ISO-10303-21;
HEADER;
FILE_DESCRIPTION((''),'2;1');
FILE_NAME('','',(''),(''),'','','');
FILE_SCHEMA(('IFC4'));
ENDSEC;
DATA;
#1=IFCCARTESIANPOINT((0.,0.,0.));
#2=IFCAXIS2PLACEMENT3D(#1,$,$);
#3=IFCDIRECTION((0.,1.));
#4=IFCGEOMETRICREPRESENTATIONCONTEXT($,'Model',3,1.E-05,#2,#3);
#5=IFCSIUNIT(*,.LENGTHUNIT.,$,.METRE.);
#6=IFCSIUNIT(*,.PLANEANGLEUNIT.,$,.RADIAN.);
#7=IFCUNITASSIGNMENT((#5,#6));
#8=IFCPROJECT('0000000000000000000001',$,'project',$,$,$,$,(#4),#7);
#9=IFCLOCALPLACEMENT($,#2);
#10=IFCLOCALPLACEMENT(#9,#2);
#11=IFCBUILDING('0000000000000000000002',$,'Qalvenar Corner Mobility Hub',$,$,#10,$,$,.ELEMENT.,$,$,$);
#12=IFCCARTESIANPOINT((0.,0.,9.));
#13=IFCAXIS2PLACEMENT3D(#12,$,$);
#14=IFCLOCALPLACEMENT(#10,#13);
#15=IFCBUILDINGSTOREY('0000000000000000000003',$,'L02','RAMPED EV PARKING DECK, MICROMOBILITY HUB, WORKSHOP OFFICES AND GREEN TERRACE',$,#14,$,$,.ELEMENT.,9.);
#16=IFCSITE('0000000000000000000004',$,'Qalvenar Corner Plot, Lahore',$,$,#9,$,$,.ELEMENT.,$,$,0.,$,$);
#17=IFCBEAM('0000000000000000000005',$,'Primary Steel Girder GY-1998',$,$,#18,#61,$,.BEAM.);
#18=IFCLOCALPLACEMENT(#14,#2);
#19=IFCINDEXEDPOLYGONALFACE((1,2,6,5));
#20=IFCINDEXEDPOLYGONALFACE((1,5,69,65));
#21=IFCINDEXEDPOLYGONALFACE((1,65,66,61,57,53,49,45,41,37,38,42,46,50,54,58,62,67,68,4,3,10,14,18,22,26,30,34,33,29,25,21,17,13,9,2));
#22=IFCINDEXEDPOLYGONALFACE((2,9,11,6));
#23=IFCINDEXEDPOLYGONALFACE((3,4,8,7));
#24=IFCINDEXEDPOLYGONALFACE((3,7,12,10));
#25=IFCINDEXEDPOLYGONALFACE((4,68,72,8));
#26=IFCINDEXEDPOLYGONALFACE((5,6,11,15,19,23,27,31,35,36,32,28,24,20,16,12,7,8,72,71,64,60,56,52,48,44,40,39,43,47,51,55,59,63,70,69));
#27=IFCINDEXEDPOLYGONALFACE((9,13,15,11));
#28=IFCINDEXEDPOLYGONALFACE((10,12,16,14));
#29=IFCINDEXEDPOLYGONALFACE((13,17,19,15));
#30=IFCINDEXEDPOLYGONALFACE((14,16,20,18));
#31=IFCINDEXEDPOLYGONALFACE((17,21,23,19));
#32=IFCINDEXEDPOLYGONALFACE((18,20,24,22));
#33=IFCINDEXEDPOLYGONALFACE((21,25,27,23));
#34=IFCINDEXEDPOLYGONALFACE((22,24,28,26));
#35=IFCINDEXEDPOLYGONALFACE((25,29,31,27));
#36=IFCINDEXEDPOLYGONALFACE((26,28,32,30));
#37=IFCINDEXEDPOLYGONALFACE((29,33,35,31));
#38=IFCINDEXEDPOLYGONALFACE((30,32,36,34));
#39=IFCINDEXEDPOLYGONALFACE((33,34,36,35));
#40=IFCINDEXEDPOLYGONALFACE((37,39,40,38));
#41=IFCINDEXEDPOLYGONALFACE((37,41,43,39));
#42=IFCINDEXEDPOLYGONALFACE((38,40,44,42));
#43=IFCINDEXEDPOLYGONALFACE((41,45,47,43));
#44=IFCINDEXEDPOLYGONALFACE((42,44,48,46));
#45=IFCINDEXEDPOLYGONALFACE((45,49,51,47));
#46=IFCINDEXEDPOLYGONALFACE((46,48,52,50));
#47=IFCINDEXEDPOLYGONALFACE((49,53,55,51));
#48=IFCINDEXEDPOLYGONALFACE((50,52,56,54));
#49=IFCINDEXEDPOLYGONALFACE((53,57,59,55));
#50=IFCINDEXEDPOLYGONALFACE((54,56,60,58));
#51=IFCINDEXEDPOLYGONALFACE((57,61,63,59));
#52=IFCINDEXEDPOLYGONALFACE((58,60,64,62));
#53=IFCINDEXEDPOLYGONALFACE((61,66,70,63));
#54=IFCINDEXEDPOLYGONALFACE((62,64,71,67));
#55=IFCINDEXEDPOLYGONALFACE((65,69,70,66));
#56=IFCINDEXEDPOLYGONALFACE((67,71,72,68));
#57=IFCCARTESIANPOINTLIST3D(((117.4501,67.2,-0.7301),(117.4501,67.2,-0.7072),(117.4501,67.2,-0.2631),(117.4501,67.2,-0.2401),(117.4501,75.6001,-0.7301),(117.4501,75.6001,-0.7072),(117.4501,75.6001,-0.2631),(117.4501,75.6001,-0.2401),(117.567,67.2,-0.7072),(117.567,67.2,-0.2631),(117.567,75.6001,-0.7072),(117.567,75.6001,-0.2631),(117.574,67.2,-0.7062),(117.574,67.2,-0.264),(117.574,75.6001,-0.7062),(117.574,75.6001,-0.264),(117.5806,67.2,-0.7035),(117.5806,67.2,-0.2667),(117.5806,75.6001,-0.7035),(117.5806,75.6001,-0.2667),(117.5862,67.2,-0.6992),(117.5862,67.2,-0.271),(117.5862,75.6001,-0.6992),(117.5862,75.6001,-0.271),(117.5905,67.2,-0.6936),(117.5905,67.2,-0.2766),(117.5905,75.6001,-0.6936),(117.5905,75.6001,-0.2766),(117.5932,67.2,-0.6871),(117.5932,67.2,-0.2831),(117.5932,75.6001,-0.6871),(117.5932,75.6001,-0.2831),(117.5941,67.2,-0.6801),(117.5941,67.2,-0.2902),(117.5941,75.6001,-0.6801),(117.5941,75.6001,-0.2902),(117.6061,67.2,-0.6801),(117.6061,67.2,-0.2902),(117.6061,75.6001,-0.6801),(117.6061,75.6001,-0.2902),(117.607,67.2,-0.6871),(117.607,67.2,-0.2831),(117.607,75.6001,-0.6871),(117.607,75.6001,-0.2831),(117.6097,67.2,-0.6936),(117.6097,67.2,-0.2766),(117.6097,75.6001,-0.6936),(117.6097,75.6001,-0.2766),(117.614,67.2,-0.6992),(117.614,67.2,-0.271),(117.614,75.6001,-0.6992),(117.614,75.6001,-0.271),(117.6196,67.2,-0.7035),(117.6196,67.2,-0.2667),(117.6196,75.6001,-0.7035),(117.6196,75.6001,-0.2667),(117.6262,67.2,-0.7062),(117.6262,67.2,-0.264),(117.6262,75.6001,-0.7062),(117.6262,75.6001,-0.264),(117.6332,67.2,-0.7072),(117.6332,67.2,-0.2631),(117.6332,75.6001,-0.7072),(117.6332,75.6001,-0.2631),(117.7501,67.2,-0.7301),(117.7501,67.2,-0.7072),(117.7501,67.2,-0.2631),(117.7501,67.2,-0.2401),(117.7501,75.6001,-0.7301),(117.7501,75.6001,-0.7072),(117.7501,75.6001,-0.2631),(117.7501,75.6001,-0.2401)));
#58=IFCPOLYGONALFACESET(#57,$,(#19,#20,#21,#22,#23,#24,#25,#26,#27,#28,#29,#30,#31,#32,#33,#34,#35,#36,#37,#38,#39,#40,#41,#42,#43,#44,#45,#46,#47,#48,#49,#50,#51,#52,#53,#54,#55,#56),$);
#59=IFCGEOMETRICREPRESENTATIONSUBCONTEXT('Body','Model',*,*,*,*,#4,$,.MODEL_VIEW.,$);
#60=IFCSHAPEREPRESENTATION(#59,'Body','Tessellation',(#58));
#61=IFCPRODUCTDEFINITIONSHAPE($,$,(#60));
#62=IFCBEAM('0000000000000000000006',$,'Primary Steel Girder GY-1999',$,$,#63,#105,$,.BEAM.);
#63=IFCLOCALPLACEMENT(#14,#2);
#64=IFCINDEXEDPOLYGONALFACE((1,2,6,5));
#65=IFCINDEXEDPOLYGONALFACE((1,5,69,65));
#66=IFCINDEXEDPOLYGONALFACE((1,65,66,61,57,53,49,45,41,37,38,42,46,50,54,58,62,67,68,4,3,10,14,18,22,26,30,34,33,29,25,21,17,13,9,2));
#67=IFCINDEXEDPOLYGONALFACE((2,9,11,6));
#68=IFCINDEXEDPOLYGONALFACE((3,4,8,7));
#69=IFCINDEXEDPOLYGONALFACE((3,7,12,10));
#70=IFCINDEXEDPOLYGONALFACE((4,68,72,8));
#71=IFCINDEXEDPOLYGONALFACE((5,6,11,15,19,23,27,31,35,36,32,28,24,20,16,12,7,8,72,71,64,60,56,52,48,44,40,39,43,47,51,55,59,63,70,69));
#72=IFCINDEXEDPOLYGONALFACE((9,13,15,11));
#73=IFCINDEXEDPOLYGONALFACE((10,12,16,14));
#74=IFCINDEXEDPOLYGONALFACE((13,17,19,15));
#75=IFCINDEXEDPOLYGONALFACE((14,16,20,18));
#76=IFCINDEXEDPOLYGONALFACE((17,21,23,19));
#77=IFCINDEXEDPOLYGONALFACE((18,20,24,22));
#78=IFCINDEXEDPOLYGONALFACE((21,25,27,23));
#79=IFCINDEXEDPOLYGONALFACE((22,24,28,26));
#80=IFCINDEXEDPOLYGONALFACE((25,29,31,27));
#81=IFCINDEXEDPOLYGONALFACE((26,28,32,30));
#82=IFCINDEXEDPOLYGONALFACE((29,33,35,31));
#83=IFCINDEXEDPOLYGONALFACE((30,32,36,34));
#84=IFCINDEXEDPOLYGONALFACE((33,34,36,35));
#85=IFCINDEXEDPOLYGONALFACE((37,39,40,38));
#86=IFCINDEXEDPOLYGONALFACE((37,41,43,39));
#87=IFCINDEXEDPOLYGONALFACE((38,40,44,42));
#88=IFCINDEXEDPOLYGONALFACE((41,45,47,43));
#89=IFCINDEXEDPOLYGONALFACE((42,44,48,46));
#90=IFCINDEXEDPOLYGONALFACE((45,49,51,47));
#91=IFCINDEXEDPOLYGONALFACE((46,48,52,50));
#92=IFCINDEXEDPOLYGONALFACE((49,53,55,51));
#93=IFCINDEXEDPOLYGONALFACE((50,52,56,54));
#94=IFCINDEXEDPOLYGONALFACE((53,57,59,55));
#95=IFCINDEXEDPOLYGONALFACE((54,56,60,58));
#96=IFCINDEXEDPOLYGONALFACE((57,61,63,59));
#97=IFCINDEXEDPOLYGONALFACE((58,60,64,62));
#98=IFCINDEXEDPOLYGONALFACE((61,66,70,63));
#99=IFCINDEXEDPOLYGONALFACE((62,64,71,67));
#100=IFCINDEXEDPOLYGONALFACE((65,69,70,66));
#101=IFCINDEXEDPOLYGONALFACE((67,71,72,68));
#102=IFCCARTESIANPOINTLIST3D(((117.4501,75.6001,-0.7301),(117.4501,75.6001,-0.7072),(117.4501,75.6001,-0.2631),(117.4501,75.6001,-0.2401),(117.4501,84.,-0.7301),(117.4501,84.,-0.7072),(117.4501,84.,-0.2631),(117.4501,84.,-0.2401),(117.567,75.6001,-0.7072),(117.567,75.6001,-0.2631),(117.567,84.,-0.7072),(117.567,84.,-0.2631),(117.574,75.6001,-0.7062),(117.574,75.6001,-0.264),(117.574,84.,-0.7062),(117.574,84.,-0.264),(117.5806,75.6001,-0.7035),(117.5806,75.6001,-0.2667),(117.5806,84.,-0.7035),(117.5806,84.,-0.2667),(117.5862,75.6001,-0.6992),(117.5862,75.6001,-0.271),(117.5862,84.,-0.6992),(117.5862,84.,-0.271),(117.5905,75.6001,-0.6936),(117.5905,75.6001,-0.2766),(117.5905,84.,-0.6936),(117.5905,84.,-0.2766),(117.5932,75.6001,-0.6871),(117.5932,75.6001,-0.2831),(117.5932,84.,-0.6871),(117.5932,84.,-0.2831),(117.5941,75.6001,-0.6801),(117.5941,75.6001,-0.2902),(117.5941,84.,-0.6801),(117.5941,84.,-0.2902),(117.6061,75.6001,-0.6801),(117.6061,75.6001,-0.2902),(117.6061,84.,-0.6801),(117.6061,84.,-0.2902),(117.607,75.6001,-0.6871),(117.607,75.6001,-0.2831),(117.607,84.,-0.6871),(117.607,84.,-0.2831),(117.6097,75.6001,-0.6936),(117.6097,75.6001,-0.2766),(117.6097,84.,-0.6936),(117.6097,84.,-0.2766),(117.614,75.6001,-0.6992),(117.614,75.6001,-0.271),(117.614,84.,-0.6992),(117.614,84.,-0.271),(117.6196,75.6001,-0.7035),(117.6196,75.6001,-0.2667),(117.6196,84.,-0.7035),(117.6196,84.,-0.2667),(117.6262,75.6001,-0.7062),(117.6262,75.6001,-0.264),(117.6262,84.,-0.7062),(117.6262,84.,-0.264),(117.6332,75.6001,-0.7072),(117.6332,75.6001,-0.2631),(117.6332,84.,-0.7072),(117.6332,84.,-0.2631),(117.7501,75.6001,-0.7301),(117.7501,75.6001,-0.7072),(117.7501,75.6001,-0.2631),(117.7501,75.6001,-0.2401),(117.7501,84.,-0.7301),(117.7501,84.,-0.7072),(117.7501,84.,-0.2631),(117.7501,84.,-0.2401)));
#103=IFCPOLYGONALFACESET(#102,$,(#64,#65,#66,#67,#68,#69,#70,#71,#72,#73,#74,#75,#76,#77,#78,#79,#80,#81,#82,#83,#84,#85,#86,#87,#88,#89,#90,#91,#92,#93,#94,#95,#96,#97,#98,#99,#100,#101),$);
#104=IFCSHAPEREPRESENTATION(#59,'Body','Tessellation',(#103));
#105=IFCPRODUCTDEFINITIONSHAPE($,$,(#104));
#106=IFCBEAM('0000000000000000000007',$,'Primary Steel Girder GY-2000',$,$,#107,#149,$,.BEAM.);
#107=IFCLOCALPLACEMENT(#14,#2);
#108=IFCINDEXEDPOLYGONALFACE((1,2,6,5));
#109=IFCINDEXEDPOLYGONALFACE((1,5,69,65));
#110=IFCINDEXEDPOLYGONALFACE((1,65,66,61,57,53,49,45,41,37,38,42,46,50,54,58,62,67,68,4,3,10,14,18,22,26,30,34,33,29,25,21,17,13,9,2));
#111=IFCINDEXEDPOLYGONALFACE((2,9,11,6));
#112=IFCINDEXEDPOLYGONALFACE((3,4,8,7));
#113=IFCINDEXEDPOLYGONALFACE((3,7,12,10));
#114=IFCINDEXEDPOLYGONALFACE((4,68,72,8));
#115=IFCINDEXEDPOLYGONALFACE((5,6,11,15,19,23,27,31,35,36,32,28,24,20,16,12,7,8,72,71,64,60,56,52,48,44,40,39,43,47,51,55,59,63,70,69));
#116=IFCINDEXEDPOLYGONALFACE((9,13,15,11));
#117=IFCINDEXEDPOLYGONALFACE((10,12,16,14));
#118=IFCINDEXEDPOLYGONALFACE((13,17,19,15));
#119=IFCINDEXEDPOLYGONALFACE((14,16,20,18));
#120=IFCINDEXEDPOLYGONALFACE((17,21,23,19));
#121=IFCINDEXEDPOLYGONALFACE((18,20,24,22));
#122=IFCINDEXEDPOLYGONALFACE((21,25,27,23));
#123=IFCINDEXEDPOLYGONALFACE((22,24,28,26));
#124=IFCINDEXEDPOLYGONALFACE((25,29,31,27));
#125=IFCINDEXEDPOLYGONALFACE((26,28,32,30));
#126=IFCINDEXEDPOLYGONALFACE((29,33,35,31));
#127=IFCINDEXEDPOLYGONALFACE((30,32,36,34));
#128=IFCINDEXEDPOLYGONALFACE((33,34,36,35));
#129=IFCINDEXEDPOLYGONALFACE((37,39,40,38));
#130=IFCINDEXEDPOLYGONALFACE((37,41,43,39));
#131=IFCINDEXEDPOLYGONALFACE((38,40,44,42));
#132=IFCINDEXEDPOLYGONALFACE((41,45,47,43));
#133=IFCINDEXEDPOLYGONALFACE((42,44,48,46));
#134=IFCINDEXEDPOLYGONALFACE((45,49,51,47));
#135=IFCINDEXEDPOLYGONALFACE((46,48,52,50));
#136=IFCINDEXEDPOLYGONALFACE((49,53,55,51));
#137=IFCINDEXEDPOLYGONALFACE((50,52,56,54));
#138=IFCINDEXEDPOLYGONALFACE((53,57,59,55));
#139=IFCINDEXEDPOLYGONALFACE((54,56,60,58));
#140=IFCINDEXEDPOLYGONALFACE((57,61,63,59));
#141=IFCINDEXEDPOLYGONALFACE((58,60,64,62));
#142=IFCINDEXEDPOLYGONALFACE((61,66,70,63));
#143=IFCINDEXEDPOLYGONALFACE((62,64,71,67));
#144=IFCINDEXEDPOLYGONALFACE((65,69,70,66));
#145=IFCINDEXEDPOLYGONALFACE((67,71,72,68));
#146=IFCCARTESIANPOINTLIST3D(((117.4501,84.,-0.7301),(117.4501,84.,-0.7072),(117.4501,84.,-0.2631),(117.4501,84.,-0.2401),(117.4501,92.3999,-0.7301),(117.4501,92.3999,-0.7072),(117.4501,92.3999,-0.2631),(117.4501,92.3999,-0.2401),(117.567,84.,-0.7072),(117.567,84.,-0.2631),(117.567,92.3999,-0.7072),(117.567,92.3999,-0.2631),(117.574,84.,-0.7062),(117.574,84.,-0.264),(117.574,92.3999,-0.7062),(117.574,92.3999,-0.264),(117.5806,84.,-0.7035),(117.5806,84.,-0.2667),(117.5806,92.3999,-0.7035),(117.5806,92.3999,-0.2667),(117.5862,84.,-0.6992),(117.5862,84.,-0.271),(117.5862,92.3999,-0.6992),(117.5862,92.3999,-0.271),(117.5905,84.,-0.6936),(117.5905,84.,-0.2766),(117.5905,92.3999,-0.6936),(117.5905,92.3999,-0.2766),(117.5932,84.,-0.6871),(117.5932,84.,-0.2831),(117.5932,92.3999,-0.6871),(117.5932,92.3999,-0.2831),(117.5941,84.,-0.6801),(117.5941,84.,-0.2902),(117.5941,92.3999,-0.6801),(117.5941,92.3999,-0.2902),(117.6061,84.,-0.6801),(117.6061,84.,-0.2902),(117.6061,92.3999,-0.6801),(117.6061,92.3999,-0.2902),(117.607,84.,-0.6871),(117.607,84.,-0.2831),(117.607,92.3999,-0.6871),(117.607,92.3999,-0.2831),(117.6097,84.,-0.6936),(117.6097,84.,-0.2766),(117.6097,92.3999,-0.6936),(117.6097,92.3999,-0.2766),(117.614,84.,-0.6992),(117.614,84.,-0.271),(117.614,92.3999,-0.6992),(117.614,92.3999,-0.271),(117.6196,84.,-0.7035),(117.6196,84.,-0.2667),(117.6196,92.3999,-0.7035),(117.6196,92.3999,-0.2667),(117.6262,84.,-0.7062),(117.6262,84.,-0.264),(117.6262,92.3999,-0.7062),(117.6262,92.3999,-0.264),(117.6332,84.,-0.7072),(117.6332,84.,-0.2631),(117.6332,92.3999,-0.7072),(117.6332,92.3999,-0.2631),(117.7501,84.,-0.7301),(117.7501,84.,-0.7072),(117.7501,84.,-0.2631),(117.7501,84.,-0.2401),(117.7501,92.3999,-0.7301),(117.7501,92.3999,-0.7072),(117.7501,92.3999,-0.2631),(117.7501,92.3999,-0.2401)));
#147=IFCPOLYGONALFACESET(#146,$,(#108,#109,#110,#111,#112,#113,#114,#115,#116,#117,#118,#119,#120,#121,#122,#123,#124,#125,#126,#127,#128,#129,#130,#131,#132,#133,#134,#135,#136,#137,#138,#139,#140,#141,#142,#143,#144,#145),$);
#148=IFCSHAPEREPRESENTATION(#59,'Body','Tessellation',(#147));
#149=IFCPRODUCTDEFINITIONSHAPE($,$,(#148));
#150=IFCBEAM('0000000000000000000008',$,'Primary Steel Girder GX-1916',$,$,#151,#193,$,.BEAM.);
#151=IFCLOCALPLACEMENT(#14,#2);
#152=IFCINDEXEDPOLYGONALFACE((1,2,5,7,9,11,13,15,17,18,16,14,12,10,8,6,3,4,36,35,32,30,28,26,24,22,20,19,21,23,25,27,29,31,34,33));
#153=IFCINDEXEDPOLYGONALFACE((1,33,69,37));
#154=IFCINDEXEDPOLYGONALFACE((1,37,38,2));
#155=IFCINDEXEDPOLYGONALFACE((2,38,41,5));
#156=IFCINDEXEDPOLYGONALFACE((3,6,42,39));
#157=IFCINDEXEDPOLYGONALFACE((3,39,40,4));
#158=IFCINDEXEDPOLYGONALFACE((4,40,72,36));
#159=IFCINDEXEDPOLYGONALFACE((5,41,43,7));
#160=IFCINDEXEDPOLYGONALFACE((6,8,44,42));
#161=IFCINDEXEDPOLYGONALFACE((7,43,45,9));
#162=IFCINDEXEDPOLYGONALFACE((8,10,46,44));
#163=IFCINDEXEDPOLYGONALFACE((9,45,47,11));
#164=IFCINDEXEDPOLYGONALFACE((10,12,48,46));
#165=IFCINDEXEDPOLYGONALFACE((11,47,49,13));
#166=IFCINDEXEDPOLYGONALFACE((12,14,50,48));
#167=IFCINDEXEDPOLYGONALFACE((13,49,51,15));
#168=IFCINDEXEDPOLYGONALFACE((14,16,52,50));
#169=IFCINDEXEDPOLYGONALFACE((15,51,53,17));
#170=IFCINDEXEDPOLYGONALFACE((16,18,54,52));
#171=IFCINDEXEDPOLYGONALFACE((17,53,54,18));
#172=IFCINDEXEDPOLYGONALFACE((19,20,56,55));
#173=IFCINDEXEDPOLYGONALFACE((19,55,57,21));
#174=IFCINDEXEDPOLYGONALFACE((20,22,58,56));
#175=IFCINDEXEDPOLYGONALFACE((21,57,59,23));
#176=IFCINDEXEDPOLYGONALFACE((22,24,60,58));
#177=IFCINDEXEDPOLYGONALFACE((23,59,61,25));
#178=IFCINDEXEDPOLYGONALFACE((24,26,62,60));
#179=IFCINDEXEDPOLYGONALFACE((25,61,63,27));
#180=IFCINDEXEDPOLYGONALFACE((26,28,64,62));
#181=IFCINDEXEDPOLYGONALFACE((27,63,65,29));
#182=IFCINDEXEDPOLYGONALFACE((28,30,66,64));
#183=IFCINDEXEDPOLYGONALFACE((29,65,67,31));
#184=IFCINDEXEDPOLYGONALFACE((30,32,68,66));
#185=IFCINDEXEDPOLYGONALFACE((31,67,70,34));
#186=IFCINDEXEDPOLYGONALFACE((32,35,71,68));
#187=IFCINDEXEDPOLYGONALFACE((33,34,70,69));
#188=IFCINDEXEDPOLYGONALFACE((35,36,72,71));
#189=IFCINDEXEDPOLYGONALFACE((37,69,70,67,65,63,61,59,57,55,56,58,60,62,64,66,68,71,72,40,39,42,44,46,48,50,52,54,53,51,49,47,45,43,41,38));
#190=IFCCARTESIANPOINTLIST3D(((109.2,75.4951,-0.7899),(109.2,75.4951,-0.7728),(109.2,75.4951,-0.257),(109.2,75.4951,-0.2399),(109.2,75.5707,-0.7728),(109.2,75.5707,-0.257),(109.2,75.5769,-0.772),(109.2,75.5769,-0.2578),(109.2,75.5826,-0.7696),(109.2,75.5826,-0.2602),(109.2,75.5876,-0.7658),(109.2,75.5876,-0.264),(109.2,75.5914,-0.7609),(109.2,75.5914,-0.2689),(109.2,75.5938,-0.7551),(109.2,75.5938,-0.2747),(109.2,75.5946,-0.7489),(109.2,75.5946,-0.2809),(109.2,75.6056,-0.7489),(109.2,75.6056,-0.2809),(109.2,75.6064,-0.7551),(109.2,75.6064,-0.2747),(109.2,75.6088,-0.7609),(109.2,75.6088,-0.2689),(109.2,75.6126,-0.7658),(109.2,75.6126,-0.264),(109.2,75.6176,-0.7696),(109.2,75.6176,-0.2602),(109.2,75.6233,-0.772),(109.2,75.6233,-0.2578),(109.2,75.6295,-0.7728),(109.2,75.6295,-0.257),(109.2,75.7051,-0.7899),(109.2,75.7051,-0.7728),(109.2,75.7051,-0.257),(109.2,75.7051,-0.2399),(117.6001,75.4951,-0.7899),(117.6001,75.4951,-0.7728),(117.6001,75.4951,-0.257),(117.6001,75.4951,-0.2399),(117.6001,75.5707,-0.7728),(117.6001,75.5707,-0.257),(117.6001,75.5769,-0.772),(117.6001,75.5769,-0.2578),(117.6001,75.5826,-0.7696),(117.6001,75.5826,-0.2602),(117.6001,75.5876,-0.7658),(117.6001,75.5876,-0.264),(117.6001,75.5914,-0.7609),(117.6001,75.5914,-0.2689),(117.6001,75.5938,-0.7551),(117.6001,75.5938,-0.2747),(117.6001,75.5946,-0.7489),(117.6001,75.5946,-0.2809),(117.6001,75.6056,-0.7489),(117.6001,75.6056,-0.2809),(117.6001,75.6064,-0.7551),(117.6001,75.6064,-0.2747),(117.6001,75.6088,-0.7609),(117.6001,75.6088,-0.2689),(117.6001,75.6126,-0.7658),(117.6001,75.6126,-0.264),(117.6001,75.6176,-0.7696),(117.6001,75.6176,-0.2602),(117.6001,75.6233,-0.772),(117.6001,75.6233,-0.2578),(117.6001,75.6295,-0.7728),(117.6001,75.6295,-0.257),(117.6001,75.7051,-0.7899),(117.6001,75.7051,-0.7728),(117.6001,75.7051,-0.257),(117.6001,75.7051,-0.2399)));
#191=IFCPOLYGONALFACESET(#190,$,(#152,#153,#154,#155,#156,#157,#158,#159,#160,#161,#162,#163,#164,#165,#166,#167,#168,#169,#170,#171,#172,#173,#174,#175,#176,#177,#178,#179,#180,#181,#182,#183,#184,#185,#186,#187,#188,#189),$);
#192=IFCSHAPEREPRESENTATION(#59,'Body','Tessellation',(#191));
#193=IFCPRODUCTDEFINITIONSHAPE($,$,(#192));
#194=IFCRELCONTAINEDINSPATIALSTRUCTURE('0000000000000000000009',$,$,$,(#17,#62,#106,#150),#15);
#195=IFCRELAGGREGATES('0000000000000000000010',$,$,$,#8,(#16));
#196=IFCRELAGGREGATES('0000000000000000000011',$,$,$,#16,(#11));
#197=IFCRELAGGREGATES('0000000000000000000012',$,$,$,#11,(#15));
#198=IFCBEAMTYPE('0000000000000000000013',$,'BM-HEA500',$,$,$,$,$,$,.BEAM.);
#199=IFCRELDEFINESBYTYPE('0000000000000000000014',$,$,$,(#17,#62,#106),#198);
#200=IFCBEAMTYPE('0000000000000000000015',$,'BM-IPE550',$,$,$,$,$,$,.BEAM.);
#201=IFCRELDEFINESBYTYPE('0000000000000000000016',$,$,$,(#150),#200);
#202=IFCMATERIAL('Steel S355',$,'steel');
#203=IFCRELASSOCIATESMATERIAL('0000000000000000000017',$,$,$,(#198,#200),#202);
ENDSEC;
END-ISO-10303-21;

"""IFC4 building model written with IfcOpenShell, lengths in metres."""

from ifc_helpers import new_model, si_unit, direction, frame, origin, origin_2d, place, context, subcontext, project, spatial, i_section, extrude, material, material_profile, profile_set, type_object, element, save


model = new_model("IFC4")

# Units and contexts
model_context = context("Model", 3, precision=1e-05, world=origin(), true_north=direction((0.0, 1.0)))
body_context = subcontext(model_context, "Body", "Model", "MODEL_VIEW")
ifc_project = project(units=[si_unit("LENGTHUNIT", "METRE"), si_unit("PLANEANGLEUNIT", "RADIAN")], contexts=[model_context])

# Site, building, storey
site_placement = place(None, origin())
site = spatial("IfcSite", under=ifc_project, at=site_placement, Name="Qalvenar Corner Plot, Lahore", CompositionType="ELEMENT", RefElevation=0.0)
building_placement = place(site_placement, origin())
building = spatial("IfcBuilding", under=site, at=building_placement, Name="Qalvenar Corner Mobility Hub", CompositionType="ELEMENT")
storey_placement = place(building_placement, frame((0.0, 0.0, 9.0)))
storey = spatial("IfcBuildingStorey", under=building, at=storey_placement, Name="L02", Description="RAMPED EV PARKING DECK, MICROMOBILITY HUB, WORKSHOP OFFICES AND GREEN TERRACE", CompositionType="ELEMENT", Elevation=9.0)

# Shared definitions
ifc_material = material(Name="Steel S355", Category="steel")

# Beams
ifc_material_profile_1 = material_profile(ifc_material, i_section(OverallWidth=0.3, OverallDepth=0.49, WebThickness=0.012, FlangeThickness=0.0229, FilletRadius=0.0271, at=origin_2d()), Name="HEA500")
ifc_profile_set_1 = profile_set([ifc_material_profile_1], Name="Steel S355")
beam_type_1 = type_object("IfcBeamType", Name="BM-HEA500", PredefinedType="BEAM", material=ifc_profile_set_1)
beam_1_placement = place(storey_placement, frame((117.6001, 67.2, -0.4851), z_axis=(0.0, 1.0, 0.0), x_axis=(-1.0, 0.0, 0.0)))
element("IfcBeam", 1, at=beam_1_placement, inside=storey, type_object=beam_type_1, Name="Primary Steel Girder GY-1998", PredefinedType="BEAM", context=body_context, shape_type="SweptSolid", body=[
    extrude(i_section(OverallWidth=0.3, OverallDepth=0.49, WebThickness=0.012, FlangeThickness=0.0229, FilletRadius=0.0271, at=origin_2d()), origin(), (0.0, 0.0, 1.0), 8.4001),
])
for number, where, z_axis, x_axis, name in (
    (2, (117.6001, 75.6001, -0.4851), (0.0, 1.0, 0.0), (-1.0, 0.0, 0.0), "Primary Steel Girder GY-1999"),
    (3, (117.6001, 84.0, -0.4851), (0.0, 1.0, 0.0), (-1.0, 0.0, 0.0), "Primary Steel Girder GY-2000"),
):
    element("IfcBeam", number, at=place(storey_placement, frame(where, z_axis=z_axis, x_axis=x_axis)), inside=storey, type_object=beam_type_1, Name=name, PredefinedType="BEAM", context=body_context, shape_type="SweptSolid", body=[
        extrude(i_section(OverallWidth=0.3, OverallDepth=0.49, WebThickness=0.012, FlangeThickness=0.0229, FilletRadius=0.0271, at=origin_2d()), origin(), (0.0, 0.0, 1.0), 8.3999),
    ])
ifc_material_profile_2 = material_profile(ifc_material, i_section(OverallWidth=0.21, OverallDepth=0.55, WebThickness=0.011, FlangeThickness=0.0171, FilletRadius=0.0239, at=origin_2d()), Name="IPE550")
ifc_profile_set_2 = profile_set([ifc_material_profile_2], Name="Steel S355")
beam_type_2 = type_object("IfcBeamType", Name="BM-IPE550", PredefinedType="BEAM", material=ifc_profile_set_2)
beam_2_placement = place(storey_placement, frame((109.2, 75.6001, -0.5149), z_axis=(1.0, 0.0, 0.0), x_axis=(0.0, 1.0, 0.0)))
element("IfcBeam", 4, at=beam_2_placement, inside=storey, type_object=beam_type_2, Name="Primary Steel Girder GX-1916", PredefinedType="BEAM", context=body_context, shape_type="SweptSolid", body=[
    extrude(i_section(OverallWidth=0.21, OverallDepth=0.55, WebThickness=0.011, FlangeThickness=0.0171, FilletRadius=0.0239, at=origin_2d()), origin(), (0.0, 0.0, 1.0), 8.4001),
])

save(model, "model.ifc")
